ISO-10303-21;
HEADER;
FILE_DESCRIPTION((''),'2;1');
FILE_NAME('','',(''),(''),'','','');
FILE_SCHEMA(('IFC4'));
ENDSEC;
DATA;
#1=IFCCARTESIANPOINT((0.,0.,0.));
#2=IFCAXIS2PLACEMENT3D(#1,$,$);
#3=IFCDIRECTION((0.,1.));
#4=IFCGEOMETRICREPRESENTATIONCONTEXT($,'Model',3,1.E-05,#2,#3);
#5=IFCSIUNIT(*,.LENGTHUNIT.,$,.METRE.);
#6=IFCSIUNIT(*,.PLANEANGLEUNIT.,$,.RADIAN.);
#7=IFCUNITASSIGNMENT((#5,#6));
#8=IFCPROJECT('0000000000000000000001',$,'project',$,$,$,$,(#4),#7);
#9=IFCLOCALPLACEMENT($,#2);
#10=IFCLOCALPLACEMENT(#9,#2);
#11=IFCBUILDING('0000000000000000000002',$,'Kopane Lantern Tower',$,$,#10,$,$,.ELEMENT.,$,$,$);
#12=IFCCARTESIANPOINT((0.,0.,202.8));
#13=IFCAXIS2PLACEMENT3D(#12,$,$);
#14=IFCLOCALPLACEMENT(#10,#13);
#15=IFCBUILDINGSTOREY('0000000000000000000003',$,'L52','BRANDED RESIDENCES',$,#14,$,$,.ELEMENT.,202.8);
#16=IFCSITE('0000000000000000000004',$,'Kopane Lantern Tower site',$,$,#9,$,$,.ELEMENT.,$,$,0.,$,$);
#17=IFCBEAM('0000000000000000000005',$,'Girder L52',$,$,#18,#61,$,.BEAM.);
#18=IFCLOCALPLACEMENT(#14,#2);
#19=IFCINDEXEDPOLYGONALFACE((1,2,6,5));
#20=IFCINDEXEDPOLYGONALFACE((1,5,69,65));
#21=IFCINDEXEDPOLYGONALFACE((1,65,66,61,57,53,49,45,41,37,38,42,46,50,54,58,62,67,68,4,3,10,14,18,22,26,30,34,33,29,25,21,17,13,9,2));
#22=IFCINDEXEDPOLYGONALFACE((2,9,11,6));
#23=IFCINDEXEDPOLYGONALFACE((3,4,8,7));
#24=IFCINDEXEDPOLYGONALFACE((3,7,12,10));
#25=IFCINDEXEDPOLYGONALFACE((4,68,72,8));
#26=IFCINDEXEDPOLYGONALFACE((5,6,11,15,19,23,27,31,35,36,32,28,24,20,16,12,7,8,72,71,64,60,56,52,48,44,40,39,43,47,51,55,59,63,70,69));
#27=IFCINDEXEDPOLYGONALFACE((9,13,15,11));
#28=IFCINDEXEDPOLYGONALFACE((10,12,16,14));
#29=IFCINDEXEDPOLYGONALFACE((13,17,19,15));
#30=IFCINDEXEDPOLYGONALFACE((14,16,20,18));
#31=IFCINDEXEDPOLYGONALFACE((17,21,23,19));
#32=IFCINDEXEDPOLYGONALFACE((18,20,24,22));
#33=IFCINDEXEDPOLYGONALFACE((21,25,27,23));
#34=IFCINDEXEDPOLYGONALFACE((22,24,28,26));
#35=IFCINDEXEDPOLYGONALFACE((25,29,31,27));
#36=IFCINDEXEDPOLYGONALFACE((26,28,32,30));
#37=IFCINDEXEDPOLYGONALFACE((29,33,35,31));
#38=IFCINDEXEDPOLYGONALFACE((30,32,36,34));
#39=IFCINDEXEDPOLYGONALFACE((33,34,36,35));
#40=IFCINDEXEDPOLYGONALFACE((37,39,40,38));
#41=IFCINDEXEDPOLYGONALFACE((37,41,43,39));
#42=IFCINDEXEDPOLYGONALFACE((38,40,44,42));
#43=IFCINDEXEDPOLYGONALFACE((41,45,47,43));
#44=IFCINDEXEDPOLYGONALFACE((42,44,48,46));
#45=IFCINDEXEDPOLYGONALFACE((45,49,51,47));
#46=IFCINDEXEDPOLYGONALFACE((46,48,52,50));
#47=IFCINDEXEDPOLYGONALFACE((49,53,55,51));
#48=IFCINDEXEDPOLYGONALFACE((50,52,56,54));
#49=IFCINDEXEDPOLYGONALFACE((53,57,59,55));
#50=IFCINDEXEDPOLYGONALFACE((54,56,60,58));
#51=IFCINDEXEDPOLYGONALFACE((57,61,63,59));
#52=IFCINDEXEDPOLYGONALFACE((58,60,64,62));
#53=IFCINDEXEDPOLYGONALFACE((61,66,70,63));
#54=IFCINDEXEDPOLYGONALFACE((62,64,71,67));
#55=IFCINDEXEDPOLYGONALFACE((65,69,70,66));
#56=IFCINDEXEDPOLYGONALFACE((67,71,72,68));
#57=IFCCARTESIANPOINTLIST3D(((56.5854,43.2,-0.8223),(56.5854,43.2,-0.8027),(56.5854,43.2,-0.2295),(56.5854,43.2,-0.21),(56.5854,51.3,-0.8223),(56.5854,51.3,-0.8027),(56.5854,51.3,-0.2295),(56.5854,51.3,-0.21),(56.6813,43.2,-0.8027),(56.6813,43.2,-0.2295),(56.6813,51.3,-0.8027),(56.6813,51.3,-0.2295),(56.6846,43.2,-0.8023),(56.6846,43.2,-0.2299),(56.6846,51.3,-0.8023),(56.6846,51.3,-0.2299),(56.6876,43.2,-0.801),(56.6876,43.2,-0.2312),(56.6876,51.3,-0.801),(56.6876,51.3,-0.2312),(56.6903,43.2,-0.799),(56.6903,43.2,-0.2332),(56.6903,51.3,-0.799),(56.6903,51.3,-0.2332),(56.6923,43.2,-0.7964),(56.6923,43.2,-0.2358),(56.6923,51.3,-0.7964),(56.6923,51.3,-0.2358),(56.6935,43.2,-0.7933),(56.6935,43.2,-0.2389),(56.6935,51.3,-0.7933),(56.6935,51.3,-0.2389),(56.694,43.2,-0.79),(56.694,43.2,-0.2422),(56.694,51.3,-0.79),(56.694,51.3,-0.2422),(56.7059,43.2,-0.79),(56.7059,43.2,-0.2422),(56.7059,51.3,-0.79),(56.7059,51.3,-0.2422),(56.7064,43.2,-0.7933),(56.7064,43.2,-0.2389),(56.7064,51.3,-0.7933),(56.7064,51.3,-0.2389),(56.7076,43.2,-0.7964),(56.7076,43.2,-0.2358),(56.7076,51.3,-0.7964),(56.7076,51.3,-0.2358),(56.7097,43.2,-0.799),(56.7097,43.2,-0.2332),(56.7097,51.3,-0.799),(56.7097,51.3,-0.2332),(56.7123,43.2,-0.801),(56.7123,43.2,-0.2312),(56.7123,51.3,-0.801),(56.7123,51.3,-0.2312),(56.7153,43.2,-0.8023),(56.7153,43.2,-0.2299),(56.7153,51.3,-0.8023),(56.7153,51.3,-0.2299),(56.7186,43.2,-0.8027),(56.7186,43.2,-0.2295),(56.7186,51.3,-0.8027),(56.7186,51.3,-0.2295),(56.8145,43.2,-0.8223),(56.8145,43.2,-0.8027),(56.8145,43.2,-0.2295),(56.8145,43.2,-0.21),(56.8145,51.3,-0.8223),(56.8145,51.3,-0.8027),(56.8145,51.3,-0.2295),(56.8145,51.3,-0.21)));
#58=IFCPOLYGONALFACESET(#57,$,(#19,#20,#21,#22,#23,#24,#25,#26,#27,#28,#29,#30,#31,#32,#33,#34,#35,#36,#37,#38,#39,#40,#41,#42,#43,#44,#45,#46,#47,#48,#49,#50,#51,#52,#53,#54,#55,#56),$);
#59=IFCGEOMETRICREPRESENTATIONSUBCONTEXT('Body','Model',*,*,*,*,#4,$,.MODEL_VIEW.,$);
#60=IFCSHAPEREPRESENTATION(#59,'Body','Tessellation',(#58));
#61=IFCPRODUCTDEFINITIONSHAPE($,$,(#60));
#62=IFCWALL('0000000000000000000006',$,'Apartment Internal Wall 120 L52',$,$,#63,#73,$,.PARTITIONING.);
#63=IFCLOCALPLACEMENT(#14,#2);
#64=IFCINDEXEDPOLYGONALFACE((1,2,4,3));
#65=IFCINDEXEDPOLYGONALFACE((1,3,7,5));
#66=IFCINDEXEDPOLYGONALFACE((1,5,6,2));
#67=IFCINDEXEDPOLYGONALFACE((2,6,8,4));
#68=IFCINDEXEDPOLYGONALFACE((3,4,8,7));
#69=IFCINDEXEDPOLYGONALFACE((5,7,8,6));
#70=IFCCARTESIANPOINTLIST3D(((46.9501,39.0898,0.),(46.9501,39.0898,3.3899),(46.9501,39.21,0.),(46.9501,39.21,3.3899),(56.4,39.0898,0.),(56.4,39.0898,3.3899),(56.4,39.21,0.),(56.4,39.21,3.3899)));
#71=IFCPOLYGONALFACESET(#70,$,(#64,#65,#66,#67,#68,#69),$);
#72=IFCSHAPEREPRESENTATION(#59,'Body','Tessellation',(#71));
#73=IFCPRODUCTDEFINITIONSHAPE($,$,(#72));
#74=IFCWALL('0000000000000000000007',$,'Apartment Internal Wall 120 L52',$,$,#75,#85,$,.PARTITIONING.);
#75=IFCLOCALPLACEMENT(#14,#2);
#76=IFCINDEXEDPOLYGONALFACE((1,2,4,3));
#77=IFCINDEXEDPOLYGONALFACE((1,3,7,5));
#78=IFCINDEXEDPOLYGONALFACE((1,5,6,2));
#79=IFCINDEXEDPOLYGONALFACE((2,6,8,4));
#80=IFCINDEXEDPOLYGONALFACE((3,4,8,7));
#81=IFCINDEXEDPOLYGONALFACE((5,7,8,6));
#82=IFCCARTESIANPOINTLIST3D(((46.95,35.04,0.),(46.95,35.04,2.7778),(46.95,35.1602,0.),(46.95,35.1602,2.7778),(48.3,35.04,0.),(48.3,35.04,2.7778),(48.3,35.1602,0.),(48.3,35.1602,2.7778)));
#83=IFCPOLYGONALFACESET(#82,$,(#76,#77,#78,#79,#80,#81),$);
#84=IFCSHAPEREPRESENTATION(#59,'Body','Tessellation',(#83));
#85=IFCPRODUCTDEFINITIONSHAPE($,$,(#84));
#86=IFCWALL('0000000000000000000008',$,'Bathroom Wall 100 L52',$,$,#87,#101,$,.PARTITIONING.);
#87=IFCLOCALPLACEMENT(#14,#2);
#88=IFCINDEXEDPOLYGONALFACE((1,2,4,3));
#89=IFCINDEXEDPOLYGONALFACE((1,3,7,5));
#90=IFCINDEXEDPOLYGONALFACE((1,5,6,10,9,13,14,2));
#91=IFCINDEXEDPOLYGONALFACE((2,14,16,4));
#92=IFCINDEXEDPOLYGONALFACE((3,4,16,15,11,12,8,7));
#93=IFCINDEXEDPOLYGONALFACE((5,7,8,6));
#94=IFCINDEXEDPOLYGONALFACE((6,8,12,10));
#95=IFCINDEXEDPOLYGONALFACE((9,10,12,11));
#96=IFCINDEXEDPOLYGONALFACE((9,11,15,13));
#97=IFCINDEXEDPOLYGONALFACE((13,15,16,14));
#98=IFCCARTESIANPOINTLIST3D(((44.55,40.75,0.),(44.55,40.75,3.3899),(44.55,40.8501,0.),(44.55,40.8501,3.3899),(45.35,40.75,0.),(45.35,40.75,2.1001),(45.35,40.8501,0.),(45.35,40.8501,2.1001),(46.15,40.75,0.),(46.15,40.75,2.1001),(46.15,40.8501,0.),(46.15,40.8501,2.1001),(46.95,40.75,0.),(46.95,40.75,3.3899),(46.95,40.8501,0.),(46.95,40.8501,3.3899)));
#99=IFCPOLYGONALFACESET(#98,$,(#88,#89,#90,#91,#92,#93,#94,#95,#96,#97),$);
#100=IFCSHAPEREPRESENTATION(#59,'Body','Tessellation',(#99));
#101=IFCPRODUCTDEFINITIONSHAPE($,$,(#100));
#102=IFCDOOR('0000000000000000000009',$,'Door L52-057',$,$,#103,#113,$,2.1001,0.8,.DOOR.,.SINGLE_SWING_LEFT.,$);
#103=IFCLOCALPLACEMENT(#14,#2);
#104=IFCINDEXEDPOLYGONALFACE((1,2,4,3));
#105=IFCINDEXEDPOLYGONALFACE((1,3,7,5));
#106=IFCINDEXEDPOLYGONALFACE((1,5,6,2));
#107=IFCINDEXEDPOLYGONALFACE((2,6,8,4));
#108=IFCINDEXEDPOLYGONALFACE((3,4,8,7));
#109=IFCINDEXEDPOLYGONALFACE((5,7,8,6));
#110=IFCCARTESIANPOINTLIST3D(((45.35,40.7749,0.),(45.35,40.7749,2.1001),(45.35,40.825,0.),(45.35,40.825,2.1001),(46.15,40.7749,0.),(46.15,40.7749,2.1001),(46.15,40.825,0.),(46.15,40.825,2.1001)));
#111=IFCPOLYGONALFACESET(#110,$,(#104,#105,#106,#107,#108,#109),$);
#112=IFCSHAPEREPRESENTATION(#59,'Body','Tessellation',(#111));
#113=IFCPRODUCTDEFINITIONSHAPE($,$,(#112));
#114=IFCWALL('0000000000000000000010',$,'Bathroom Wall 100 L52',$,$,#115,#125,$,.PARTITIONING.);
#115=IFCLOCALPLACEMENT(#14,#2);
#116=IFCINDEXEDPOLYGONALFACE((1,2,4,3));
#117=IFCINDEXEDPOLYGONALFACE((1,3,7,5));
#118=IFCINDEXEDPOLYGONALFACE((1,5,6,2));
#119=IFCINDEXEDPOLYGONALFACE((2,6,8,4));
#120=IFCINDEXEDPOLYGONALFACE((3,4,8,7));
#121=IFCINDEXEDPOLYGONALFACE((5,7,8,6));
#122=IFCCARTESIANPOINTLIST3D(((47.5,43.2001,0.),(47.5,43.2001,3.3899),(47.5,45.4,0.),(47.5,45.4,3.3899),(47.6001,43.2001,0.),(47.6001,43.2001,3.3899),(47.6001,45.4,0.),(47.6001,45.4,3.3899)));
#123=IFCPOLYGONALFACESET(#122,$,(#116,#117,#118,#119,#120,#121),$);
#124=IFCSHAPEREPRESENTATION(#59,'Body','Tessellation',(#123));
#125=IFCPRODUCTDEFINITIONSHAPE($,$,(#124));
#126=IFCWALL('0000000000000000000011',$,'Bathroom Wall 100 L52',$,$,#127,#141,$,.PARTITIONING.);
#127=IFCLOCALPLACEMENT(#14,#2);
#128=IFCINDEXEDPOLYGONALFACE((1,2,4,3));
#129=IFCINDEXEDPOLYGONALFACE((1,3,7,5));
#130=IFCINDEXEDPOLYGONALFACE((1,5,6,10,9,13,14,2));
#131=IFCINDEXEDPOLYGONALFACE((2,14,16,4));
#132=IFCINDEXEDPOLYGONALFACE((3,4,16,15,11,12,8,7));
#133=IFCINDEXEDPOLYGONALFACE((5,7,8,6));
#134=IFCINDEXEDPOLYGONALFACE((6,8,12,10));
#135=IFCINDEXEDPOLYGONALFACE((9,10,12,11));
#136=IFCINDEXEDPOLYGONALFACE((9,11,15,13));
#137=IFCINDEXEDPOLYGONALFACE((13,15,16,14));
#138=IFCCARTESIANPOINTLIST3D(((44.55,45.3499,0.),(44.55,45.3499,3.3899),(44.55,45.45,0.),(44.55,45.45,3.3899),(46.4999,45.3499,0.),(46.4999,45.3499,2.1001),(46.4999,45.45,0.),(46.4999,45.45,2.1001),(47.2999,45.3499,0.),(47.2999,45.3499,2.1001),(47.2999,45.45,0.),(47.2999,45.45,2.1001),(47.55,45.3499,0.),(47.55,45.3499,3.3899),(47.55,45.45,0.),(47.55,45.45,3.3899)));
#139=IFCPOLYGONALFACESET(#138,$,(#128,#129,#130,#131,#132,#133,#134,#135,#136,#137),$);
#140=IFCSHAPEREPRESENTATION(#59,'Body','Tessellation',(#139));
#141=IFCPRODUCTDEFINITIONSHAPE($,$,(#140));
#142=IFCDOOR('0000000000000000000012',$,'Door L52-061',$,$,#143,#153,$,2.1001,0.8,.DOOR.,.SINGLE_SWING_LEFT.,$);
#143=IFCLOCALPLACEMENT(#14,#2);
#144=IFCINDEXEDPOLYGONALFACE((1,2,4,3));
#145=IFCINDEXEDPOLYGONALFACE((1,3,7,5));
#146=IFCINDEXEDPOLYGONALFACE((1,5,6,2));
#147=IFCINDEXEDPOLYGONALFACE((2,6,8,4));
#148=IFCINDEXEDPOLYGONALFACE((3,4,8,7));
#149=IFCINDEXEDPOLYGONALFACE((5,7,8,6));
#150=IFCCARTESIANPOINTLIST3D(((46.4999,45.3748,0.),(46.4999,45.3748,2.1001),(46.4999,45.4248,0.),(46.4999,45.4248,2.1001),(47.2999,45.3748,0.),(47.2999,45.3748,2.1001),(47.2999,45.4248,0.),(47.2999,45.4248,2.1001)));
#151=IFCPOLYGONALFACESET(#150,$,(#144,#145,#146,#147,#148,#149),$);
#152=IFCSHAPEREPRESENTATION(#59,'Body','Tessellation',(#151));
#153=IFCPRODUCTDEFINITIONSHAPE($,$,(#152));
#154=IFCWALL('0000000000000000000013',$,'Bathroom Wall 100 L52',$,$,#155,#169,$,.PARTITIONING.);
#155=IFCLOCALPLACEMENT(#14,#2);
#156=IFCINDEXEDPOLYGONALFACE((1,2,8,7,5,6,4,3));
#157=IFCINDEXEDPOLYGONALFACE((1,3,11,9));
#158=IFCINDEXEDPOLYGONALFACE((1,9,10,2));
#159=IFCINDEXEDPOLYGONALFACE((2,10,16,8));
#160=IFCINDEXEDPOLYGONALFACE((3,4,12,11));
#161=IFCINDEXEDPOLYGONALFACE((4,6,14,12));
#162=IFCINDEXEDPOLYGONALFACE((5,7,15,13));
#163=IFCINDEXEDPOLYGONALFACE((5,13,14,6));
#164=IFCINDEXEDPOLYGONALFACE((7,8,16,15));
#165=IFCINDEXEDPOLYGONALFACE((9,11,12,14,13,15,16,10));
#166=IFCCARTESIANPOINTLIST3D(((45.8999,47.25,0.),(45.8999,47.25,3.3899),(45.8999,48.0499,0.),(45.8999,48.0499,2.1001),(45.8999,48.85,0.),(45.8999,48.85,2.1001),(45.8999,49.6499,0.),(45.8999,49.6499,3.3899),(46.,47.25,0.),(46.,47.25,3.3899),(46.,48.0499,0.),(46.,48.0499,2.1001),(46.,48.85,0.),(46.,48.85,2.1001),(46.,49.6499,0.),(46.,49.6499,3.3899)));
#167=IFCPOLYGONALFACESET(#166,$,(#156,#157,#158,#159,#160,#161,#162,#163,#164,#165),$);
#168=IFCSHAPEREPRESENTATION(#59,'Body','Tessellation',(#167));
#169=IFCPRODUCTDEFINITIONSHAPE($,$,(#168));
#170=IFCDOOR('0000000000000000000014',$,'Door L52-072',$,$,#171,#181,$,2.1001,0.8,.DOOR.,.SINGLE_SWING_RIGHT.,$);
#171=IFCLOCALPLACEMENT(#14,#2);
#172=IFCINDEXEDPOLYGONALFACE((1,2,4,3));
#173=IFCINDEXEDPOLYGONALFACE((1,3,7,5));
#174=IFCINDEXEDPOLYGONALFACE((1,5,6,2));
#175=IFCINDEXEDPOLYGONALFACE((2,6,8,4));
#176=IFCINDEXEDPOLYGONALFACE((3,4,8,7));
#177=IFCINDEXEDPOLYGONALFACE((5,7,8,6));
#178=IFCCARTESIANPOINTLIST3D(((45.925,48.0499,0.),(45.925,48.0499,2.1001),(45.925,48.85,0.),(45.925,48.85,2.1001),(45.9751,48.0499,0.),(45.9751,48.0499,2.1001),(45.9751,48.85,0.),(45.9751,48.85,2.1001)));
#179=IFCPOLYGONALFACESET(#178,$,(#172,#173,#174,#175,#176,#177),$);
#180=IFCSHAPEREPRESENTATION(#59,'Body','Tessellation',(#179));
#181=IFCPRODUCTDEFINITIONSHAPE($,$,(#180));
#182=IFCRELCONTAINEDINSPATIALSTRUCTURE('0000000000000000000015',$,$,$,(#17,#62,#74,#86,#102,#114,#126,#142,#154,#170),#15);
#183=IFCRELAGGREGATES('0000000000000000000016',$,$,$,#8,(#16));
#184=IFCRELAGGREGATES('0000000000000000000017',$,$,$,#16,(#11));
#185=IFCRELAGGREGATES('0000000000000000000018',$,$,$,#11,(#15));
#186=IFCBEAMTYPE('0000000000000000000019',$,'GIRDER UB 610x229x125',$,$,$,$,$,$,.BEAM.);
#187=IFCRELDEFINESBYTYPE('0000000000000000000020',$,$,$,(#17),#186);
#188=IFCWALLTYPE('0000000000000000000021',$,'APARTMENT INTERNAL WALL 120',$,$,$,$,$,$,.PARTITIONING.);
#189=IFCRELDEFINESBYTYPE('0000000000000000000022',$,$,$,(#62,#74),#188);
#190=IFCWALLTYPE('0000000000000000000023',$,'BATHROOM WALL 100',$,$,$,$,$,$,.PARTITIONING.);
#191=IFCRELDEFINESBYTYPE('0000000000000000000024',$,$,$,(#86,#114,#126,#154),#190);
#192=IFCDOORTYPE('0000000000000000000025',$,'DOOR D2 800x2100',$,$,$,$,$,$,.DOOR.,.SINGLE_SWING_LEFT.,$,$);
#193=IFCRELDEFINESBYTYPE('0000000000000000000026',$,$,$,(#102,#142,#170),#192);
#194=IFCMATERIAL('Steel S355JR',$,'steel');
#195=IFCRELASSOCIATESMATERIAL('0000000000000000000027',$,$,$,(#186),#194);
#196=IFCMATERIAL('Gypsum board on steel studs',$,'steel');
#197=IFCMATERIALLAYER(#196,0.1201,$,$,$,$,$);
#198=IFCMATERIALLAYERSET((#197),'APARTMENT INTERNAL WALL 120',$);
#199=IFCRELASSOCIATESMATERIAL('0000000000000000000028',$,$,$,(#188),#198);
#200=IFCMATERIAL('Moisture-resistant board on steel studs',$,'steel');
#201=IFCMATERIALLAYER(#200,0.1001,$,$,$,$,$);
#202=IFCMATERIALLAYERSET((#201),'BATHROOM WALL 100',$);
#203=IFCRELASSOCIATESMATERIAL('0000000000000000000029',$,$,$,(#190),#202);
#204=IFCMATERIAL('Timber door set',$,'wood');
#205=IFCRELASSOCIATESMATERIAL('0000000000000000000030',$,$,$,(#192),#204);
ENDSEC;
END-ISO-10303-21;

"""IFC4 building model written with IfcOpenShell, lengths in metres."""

from ifc_helpers import new_model, si_unit, direction, frame, frame_2d, origin, origin_2d, place, context, subcontext, project, spatial, rectangle, i_section, extrude, material, layer, layer_set, material_profile, profile_set, type_object, element, fill, save


model = new_model("IFC4")

# Units and contexts
model_context = context("Model", 3, precision=1e-05, world=origin(), true_north=direction((0.0, 1.0)))
body_context = subcontext(model_context, "Body", "Model", "MODEL_VIEW")
ifc_project = project(units=[si_unit("LENGTHUNIT", "METRE"), si_unit("PLANEANGLEUNIT", "RADIAN")], contexts=[model_context])

# Site, building, storey
site_placement = place(None, origin())
site = spatial("IfcSite", under=ifc_project, at=site_placement, Name="Kopane Lantern Tower site", CompositionType="ELEMENT", RefElevation=0.0)
building_placement = place(site_placement, origin())
building = spatial("IfcBuilding", under=site, at=building_placement, Name="Kopane Lantern Tower", CompositionType="ELEMENT")
storey_placement = place(building_placement, frame((0.0, 0.0, 202.8)))
storey = spatial("IfcBuildingStorey", under=building, at=storey_placement, Name="L52", Description="BRANDED RESIDENCES", CompositionType="ELEMENT", Elevation=202.8)

# Beam
ifc_material_1 = material(Name="Steel S355JR", Category="steel")
ifc_material_profile_1 = material_profile(ifc_material_1, i_section(OverallWidth=0.229, OverallDepth=0.6123, WebThickness=0.012, FlangeThickness=0.0195, FilletRadius=0.0127, at=origin_2d()), Name="UB 610x229x125")
ifc_profile_set_1 = profile_set([ifc_material_profile_1], Name="Steel S355JR")
beam_type = type_object("IfcBeamType", Name="GIRDER UB 610x229x125", PredefinedType="BEAM", material=ifc_profile_set_1)
beam_1_placement = place(storey_placement, frame((56.7, 43.2, -0.5161), z_axis=(0.0, 1.0, 0.0), x_axis=(-1.0, 0.0, 0.0)))
element("IfcBeam", 1, at=beam_1_placement, inside=storey, type_object=beam_type, Name="Girder L52", PredefinedType="BEAM", context=body_context, shape_type="SweptSolid", body=[
    extrude(i_section(OverallWidth=0.229, OverallDepth=0.6123, WebThickness=0.012, FlangeThickness=0.0195, FilletRadius=0.0127, at=origin_2d()), origin(), (0.0, 0.0, 1.0), 8.1001),
])

# Walls
ifc_material_2 = material(Name="Gypsum board on steel studs", Category="steel")
ifc_layer_1 = layer(ifc_material_2, 0.1201)
ifc_layer_set_1 = layer_set([ifc_layer_1], Name="APARTMENT INTERNAL WALL 120")
wall_type_1 = type_object("IfcWallType", Name="APARTMENT INTERNAL WALL 120", PredefinedType="PARTITIONING", material=ifc_layer_set_1)
wall_1_placement = place(storey_placement, frame((46.95, 39.1499, 0.0), z_axis=(0.0, 0.0, 1.0), x_axis=(1.0, 0.0, 0.0)))
element("IfcWall", 2, at=wall_1_placement, inside=storey, type_object=wall_type_1, Name="Apartment Internal Wall 120 L52", PredefinedType="PARTITIONING", context=body_context, shape_type="SweptSolid", body=[
    extrude(rectangle(XDim=9.45, YDim=0.1201, at=frame_2d((4.7251, 0.0))), origin(), (0.0, 0.0, 1.0), 3.3899),
])
wall_2_placement = place(storey_placement, frame((46.95, 35.1001, 0.0), z_axis=(0.0, 0.0, 1.0), x_axis=(1.0, 0.0, 0.0)))
element("IfcWall", 3, at=wall_2_placement, inside=storey, type_object=wall_type_1, Name="Apartment Internal Wall 120 L52", PredefinedType="PARTITIONING", context=body_context, shape_type="SweptSolid", body=[
    extrude(rectangle(XDim=1.3501, YDim=0.1201, at=frame_2d((0.675, 0.0))), origin(), (0.0, 0.0, 1.0), 2.7778),
])

# Wall, opening, door
ifc_material_3 = material(Name="Moisture-resistant board on steel studs", Category="steel")
ifc_layer_2 = layer(ifc_material_3, 0.1001)
ifc_layer_set_2 = layer_set([ifc_layer_2], Name="BATHROOM WALL 100")
wall_type_2 = type_object("IfcWallType", Name="BATHROOM WALL 100", PredefinedType="PARTITIONING", material=ifc_layer_set_2)
wall_3_placement = place(storey_placement, frame((44.55, 40.8, 0.0), z_axis=(0.0, 0.0, 1.0), x_axis=(1.0, 0.0, 0.0)))
wall_3 = element("IfcWall", 4, at=wall_3_placement, inside=storey, type_object=wall_type_2, Name="Bathroom Wall 100 L52", PredefinedType="PARTITIONING", context=body_context, shape_type="SweptSolid", body=[
    extrude(rectangle(XDim=2.3999, YDim=0.1001, at=frame_2d((1.2, 0.0))), origin(), (0.0, 0.0, 1.0), 3.3899),
])
opening_1_placement = place(wall_3_placement, frame((0.8, 0.0, 0.0)))
opening_1 = element("IfcOpeningElement", 5, at=opening_1_placement, cuts=wall_3, PredefinedType="OPENING", context=body_context, shape_type="SweptSolid", body=[
    extrude(rectangle(XDim=0.8, YDim=2.1001, at=frame_2d((0.3999, 1.05))), frame((0.0, 0.0601, 0.0), z_axis=(0.0, -1.0, 0.0), x_axis=(1.0, 0.0, 0.0)), (0.0, 0.0, 1.0), 0.1201),
])
ifc_material_4 = material(Name="Timber door set", Category="wood")
door_type_1 = type_object("IfcDoorType", Name="DOOR D2 800x2100", OperationType="SINGLE_SWING_LEFT", PredefinedType="DOOR", material=ifc_material_4)
door_1_placement = place(opening_1_placement, origin())
door_1 = element("IfcDoor", 6, at=door_1_placement, inside=storey, type_object=door_type_1, Name="Door L52-057", OperationType="SINGLE_SWING_LEFT", OverallHeight=2.1001, OverallWidth=0.8, PredefinedType="DOOR", context=body_context, shape_type="SweptSolid", body=[
    extrude(rectangle(XDim=0.8, YDim=2.1001, at=frame_2d((0.3999, 1.05))), frame((0.0, 0.0249, 0.0), z_axis=(0.0, -1.0, 0.0), x_axis=(1.0, 0.0, 0.0)), (0.0, 0.0, 1.0), 0.05),
])
fill(opening_1, door_1)

# Wall
wall_4_placement = place(storey_placement, frame((47.55, 43.2, 0.0), z_axis=(0.0, 0.0, 1.0), x_axis=(0.0, 1.0, 0.0)))
element("IfcWall", 7, at=wall_4_placement, inside=storey, type_object=wall_type_2, Name="Bathroom Wall 100 L52", PredefinedType="PARTITIONING", context=body_context, shape_type="SweptSolid", body=[
    extrude(rectangle(XDim=2.2, YDim=0.1001, at=frame_2d((1.1001, 0.0))), origin(), (0.0, 0.0, 1.0), 3.3899),
])

# Walls, openings, doors
wall_5_placement = place(storey_placement, frame((44.55, 45.3999, 0.0), z_axis=(0.0, 0.0, 1.0), x_axis=(1.0, 0.0, 0.0)))
wall_5 = element("IfcWall", 8, at=wall_5_placement, inside=storey, type_object=wall_type_2, Name="Bathroom Wall 100 L52", PredefinedType="PARTITIONING", context=body_context, shape_type="SweptSolid", body=[
    extrude(rectangle(XDim=3.0, YDim=0.1001, at=frame_2d((1.5, 0.0))), origin(), (0.0, 0.0, 1.0), 3.3899),
])
opening_2_placement = place(wall_5_placement, frame((1.95, 0.0, 0.0)))
opening_2 = element("IfcOpeningElement", 9, at=opening_2_placement, cuts=wall_5, PredefinedType="OPENING", context=body_context, shape_type="SweptSolid", body=[
    extrude(rectangle(XDim=0.8, YDim=2.1001, at=frame_2d((0.3999, 1.05))), frame((0.0, 0.0601, 0.0), z_axis=(0.0, -1.0, 0.0), x_axis=(1.0, 0.0, 0.0)), (0.0, 0.0, 1.0), 0.1201),
])
door_2_placement = place(opening_2_placement, origin())
door_2 = element("IfcDoor", 10, at=door_2_placement, inside=storey, type_object=door_type_1, Name="Door L52-061", OperationType="SINGLE_SWING_LEFT", OverallHeight=2.1001, OverallWidth=0.8, PredefinedType="DOOR", context=body_context, shape_type="SweptSolid", body=[
    extrude(rectangle(XDim=0.8, YDim=2.1001, at=frame_2d((0.3999, 1.05))), frame((0.0, 0.0249, 0.0), z_axis=(0.0, -1.0, 0.0), x_axis=(1.0, 0.0, 0.0)), (0.0, 0.0, 1.0), 0.05),
])
fill(opening_2, door_2)
wall_6_placement = place(storey_placement, frame((45.95, 47.25, 0.0), z_axis=(0.0, 0.0, 1.0), x_axis=(0.0, 1.0, 0.0)))
wall_6 = element("IfcWall", 11, at=wall_6_placement, inside=storey, type_object=wall_type_2, Name="Bathroom Wall 100 L52", PredefinedType="PARTITIONING", context=body_context, shape_type="SweptSolid", body=[
    extrude(rectangle(XDim=2.3999, YDim=0.1001, at=frame_2d((1.2, 0.0))), origin(), (0.0, 0.0, 1.0), 3.3899),
])
opening_3_placement = place(wall_6_placement, frame((0.8, 0.0, 0.0)))
opening_3 = element("IfcOpeningElement", 12, at=opening_3_placement, cuts=wall_6, PredefinedType="OPENING", context=body_context, shape_type="SweptSolid", body=[
    extrude(rectangle(XDim=0.8, YDim=2.1001, at=frame_2d((0.3999, 1.05))), frame((0.0, 0.0601, 0.0), z_axis=(0.0, -1.0, 0.0), x_axis=(1.0, 0.0, 0.0)), (0.0, 0.0, 1.0), 0.1201),
])
door_3_placement = place(opening_3_placement, origin())
door_3 = element("IfcDoor", 13, at=door_3_placement, inside=storey, type_object=door_type_1, Name="Door L52-072", OperationType="SINGLE_SWING_RIGHT", OverallHeight=2.1001, OverallWidth=0.8, PredefinedType="DOOR", context=body_context, shape_type="SweptSolid", body=[
    extrude(rectangle(XDim=0.8, YDim=2.1001, at=frame_2d((0.3999, 1.05))), frame((0.0, 0.0249, 0.0), z_axis=(0.0, -1.0, 0.0), x_axis=(1.0, 0.0, 0.0)), (0.0, 0.0, 1.0), 0.05),
])
fill(opening_3, door_3)

save(model, "model.ifc")
